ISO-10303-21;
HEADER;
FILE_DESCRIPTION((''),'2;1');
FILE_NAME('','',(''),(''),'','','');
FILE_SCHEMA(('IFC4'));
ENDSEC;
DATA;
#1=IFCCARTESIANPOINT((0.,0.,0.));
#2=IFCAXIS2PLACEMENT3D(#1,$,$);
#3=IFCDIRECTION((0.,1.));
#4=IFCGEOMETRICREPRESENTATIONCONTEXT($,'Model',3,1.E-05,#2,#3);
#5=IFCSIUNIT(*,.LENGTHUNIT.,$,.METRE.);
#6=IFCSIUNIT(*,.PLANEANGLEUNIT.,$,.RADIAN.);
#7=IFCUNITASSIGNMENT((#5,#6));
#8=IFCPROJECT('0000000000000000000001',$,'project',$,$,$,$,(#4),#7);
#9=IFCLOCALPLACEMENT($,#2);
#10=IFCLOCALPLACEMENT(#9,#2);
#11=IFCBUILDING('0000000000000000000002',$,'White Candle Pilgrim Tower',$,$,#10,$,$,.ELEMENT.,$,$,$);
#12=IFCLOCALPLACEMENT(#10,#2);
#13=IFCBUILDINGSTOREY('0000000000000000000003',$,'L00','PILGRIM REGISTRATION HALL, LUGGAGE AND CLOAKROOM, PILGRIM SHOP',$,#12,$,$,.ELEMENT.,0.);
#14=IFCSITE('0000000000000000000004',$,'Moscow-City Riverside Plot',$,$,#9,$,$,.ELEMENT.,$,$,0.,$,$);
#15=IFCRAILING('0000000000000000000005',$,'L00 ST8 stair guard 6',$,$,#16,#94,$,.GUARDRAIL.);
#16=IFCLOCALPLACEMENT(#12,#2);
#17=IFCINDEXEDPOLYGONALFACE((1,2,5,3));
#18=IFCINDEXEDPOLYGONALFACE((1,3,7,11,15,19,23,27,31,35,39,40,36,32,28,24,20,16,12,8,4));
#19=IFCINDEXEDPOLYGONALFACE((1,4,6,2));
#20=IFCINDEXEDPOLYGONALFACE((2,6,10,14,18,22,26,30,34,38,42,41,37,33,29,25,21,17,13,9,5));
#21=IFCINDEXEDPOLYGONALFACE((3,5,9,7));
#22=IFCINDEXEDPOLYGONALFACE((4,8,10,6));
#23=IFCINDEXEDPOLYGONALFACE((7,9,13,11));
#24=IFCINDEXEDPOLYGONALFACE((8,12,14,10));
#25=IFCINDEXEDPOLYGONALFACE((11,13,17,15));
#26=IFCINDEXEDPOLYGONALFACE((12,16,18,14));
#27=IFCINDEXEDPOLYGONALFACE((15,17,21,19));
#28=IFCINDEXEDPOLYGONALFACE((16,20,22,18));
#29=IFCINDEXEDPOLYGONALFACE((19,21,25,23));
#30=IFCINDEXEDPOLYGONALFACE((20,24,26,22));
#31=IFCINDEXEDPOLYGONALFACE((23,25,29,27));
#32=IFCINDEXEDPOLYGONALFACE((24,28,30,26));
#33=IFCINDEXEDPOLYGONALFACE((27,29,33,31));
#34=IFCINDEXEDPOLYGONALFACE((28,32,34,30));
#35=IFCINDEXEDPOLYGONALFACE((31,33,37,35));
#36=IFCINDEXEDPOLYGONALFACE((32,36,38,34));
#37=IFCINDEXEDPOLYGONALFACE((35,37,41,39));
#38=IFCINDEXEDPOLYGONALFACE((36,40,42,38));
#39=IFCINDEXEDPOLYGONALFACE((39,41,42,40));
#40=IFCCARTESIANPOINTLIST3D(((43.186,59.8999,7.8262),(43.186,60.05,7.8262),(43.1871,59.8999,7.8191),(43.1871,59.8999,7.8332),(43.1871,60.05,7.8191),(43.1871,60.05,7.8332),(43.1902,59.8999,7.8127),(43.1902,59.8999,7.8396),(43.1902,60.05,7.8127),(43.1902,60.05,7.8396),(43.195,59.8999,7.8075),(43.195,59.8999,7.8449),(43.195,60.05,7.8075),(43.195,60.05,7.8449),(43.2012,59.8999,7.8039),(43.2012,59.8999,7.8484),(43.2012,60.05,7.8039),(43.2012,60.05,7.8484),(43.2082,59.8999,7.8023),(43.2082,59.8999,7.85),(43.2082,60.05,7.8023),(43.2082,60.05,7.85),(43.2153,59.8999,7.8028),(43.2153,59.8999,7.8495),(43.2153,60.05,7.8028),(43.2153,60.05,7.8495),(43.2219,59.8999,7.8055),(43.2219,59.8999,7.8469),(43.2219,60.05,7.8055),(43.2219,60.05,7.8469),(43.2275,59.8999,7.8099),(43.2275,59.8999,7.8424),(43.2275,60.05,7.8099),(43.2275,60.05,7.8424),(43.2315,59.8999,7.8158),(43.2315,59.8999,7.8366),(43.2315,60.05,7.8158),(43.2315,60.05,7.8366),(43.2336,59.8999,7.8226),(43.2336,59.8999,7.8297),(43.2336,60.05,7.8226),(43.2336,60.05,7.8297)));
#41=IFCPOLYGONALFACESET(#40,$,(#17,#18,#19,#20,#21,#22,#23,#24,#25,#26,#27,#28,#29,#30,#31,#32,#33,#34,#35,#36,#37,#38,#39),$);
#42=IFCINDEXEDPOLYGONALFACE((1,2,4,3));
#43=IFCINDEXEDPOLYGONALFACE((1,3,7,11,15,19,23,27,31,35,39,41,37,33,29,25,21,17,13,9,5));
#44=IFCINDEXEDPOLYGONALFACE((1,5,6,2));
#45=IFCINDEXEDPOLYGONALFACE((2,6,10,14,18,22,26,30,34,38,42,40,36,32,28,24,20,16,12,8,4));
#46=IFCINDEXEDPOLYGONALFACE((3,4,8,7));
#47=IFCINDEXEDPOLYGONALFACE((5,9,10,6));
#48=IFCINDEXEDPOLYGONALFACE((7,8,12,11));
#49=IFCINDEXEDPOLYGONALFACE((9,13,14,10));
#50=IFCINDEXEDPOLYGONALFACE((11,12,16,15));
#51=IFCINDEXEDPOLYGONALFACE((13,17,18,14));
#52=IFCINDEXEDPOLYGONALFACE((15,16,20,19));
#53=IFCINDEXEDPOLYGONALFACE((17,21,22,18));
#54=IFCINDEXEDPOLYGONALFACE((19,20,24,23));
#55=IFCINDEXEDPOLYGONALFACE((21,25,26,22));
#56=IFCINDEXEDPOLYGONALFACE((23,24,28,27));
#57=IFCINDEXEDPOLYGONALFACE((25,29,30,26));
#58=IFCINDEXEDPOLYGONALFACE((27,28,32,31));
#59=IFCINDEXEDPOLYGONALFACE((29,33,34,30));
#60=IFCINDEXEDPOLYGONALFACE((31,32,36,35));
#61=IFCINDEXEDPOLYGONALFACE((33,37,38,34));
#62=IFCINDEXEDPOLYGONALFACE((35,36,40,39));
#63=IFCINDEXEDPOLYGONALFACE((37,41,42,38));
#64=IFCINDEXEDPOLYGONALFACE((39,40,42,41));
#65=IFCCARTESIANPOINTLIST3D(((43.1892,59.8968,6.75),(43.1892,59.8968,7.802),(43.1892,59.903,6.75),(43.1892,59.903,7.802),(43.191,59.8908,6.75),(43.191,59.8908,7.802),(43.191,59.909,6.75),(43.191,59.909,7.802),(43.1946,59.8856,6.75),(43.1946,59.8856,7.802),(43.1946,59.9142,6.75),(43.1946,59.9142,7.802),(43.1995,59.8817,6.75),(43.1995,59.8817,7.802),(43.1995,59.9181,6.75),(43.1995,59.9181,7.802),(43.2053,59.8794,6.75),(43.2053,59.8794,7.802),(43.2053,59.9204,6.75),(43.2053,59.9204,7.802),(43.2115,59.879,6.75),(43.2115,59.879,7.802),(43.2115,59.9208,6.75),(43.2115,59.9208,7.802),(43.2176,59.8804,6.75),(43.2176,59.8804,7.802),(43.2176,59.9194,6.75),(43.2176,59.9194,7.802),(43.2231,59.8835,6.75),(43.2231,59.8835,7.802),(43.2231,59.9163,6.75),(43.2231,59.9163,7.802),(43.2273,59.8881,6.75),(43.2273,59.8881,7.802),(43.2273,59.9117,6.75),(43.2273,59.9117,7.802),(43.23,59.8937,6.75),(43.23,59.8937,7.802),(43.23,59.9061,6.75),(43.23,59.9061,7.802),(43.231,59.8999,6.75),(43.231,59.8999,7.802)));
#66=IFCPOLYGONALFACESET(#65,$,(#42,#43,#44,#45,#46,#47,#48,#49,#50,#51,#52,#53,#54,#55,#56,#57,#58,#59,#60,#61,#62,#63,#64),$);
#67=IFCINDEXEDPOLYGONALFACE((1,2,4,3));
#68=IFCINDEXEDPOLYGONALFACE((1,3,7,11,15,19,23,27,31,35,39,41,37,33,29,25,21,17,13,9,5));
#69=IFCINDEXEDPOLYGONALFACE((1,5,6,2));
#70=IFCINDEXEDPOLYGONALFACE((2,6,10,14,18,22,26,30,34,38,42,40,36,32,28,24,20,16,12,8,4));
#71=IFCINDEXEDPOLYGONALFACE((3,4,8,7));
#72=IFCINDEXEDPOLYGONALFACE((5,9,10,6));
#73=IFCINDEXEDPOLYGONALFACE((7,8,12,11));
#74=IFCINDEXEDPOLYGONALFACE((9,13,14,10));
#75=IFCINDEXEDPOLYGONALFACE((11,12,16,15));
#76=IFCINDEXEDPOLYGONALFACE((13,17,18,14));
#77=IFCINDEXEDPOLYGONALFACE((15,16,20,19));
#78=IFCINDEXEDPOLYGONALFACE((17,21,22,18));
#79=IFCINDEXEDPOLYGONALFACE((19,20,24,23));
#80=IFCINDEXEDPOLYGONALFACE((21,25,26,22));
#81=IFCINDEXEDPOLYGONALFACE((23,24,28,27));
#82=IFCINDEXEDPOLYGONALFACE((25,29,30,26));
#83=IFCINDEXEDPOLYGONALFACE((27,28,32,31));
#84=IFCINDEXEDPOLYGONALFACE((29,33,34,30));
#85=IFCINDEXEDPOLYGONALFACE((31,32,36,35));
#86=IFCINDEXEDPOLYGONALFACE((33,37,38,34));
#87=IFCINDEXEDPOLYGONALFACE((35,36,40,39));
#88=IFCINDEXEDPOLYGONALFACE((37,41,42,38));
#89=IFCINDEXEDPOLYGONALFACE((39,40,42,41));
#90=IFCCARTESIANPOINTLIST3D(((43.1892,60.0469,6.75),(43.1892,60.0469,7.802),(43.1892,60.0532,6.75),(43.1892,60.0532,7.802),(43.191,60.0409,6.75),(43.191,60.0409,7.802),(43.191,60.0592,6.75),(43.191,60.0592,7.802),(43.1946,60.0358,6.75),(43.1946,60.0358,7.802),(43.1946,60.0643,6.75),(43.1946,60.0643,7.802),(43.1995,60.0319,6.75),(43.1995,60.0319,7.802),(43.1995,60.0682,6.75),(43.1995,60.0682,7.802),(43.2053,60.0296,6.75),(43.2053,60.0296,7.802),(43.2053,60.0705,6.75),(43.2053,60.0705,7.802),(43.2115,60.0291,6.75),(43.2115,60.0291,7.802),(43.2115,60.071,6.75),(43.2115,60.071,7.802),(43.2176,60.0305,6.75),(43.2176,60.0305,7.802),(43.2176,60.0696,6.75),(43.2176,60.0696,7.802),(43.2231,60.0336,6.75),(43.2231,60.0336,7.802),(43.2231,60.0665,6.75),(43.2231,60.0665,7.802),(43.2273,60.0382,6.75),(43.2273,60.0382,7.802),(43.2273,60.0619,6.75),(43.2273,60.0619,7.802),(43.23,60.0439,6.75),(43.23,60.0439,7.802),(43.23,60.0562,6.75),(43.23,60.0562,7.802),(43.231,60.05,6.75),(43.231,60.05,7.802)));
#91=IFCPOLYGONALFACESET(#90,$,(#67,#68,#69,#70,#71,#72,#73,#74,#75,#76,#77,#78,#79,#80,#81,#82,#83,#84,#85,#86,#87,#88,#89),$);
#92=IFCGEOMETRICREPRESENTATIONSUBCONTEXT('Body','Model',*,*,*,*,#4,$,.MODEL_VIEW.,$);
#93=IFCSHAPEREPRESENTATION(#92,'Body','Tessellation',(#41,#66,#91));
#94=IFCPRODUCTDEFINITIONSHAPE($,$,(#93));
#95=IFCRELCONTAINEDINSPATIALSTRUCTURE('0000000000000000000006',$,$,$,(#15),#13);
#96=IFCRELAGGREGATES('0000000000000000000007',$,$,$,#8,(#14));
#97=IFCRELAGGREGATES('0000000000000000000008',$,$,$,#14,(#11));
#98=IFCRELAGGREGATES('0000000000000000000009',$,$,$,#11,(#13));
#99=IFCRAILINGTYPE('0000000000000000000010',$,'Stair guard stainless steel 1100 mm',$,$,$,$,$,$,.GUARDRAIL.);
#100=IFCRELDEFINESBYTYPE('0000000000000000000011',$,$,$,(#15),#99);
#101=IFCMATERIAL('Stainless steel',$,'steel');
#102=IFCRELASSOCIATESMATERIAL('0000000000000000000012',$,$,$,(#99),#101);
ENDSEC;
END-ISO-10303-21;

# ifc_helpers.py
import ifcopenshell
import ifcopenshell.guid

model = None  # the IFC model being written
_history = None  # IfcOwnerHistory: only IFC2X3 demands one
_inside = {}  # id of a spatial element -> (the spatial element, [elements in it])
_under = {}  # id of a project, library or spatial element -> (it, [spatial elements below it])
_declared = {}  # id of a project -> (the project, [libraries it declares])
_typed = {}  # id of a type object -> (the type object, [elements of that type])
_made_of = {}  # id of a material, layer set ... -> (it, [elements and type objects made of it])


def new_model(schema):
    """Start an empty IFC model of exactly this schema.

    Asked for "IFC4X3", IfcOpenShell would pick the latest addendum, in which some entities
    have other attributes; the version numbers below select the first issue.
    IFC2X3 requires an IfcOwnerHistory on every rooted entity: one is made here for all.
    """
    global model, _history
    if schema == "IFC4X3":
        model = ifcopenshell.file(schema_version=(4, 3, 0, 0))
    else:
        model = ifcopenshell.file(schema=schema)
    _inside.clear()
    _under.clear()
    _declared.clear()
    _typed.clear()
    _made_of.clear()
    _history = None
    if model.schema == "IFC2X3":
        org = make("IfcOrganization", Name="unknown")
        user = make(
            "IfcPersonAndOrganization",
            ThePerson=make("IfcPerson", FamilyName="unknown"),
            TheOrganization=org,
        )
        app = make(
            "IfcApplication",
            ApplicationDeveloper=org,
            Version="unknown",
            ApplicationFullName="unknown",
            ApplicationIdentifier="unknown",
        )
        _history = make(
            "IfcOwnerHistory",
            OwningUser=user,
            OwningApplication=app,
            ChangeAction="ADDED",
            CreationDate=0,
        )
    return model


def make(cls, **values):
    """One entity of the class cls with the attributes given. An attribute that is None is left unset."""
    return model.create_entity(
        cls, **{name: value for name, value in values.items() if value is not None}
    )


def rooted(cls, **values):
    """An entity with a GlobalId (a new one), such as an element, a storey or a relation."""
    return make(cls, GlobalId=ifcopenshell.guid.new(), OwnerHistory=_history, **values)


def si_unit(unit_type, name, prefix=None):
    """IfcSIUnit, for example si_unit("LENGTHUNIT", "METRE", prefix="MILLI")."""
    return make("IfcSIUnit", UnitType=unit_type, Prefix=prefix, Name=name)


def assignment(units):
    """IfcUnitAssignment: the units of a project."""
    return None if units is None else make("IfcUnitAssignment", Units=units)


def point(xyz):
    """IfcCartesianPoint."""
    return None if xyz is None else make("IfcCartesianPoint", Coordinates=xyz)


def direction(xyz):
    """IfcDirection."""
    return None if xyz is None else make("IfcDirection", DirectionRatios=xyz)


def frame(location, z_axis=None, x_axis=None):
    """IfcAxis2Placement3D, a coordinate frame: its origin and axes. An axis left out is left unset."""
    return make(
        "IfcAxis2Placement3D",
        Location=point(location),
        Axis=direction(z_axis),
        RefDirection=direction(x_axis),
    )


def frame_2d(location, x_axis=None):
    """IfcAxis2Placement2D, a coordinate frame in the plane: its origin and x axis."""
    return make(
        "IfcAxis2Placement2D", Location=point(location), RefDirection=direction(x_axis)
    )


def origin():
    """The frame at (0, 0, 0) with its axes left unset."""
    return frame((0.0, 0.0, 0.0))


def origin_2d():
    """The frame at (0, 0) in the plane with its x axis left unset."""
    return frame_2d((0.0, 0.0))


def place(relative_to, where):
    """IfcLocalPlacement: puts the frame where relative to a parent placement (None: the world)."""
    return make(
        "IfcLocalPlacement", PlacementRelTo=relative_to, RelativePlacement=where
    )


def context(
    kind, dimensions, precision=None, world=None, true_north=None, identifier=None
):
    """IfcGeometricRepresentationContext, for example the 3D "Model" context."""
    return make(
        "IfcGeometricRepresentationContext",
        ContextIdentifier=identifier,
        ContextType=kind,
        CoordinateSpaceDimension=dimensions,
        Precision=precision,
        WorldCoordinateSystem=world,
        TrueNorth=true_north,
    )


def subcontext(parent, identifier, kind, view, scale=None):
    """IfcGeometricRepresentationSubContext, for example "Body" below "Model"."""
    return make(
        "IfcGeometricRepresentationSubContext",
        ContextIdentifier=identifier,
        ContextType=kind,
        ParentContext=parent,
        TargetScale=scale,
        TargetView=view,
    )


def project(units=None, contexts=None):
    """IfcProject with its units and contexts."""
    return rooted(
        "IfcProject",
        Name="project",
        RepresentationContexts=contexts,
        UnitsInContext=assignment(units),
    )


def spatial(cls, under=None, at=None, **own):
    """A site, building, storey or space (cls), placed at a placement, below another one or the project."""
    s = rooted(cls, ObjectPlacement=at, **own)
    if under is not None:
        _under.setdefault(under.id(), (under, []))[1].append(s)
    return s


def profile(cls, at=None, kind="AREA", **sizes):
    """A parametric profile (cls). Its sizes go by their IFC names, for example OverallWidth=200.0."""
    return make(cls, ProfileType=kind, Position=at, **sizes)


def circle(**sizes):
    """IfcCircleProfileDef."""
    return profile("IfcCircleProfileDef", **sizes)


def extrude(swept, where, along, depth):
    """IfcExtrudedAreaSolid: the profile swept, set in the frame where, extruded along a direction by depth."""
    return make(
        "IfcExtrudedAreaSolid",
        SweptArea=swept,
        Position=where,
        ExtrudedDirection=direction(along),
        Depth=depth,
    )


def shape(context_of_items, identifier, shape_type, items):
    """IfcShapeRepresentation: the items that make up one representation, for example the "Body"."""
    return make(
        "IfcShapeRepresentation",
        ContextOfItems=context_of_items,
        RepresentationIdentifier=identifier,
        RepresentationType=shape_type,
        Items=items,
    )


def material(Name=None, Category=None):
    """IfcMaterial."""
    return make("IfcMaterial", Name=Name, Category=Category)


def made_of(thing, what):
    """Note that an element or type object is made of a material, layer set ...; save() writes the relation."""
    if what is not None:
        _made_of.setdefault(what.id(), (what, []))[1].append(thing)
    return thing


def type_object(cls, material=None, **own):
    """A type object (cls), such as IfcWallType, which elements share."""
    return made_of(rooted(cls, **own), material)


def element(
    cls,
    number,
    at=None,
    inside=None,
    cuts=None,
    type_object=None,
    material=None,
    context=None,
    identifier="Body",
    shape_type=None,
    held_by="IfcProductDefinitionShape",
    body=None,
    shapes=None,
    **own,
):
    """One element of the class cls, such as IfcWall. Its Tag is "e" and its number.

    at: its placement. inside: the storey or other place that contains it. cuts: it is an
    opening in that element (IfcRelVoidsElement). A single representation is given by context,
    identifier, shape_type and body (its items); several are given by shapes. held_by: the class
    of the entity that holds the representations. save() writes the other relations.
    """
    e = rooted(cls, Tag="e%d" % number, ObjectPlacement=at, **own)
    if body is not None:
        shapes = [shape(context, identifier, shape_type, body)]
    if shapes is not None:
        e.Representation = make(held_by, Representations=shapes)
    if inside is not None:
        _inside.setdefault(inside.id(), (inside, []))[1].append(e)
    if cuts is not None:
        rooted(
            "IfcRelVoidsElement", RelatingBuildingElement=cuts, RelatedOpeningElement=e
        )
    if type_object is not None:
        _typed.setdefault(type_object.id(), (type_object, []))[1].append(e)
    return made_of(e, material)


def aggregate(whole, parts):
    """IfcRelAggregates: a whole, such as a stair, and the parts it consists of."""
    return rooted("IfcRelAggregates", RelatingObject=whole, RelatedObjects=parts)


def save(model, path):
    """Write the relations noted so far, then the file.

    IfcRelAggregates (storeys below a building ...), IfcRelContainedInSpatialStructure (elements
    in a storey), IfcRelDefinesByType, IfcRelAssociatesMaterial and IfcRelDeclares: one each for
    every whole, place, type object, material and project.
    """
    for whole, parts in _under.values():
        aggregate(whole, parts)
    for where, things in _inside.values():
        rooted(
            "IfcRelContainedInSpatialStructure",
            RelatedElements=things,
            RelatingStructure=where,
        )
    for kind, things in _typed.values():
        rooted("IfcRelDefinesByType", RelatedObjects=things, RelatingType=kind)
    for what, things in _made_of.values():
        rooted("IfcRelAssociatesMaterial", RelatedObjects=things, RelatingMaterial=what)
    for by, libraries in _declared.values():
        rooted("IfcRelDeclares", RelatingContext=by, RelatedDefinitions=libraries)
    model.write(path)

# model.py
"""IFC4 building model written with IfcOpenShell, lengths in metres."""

from ifc_helpers import new_model, si_unit, direction, frame, origin, origin_2d, place, context, subcontext, project, spatial, circle, extrude, material, type_object, element, save


model = new_model("IFC4")

# Units and contexts
model_context = context("Model", 3, precision=1e-05, world=origin(), true_north=direction((0.0, 1.0)))
body_context = subcontext(model_context, "Body", "Model", "MODEL_VIEW")
ifc_project = project(units=[si_unit("LENGTHUNIT", "METRE"), si_unit("PLANEANGLEUNIT", "RADIAN")], contexts=[model_context])

# Site, building, storey
site_placement = place(None, origin())
site = spatial("IfcSite", under=ifc_project, at=site_placement, Name="Moscow-City Riverside Plot", CompositionType="ELEMENT", RefElevation=0.0)
building_placement = place(site_placement, origin())
building = spatial("IfcBuilding", under=site, at=building_placement, Name="White Candle Pilgrim Tower", CompositionType="ELEMENT")
storey_placement = place(building_placement, origin())
storey = spatial("IfcBuildingStorey", under=building, at=storey_placement, Name="L00", Description="PILGRIM REGISTRATION HALL, LUGGAGE AND CLOAKROOM, PILGRIM SHOP", CompositionType="ELEMENT", Elevation=0.0)

# Railing
ifc_material_1 = material(Name="Stainless steel", Category="steel")
railing_type_1 = type_object("IfcRailingType", Name="Stair guard stainless steel 1100 mm", PredefinedType="GUARDRAIL", material=ifc_material_1)
railing_1_placement = place(storey_placement, frame((43.21, 59.8999, 6.75)))
element("IfcRailing", 1, at=railing_1_placement, inside=storey, type_object=railing_type_1, Name="L00 ST8 stair guard 6", PredefinedType="GUARDRAIL", context=body_context, shape_type="SweptSolid", body=[
    extrude(circle(Radius=0.0239, at=origin_2d()), frame((0.0, 0.0, 1.0762), z_axis=(0.0, 1.0, 0.0), x_axis=(-1.0, 0.0, 0.0)), (0.0, 0.0, 1.0), 0.1501),
    extrude(circle(Radius=0.021, at=origin_2d()), origin(), (0.0, 0.0, 1.0), 1.052),
    extrude(circle(Radius=0.021, at=origin_2d()), frame((0.0, 0.1501, 0.0)), (0.0, 0.0, 1.0), 1.052),
])

save(model, "model.ifc")
